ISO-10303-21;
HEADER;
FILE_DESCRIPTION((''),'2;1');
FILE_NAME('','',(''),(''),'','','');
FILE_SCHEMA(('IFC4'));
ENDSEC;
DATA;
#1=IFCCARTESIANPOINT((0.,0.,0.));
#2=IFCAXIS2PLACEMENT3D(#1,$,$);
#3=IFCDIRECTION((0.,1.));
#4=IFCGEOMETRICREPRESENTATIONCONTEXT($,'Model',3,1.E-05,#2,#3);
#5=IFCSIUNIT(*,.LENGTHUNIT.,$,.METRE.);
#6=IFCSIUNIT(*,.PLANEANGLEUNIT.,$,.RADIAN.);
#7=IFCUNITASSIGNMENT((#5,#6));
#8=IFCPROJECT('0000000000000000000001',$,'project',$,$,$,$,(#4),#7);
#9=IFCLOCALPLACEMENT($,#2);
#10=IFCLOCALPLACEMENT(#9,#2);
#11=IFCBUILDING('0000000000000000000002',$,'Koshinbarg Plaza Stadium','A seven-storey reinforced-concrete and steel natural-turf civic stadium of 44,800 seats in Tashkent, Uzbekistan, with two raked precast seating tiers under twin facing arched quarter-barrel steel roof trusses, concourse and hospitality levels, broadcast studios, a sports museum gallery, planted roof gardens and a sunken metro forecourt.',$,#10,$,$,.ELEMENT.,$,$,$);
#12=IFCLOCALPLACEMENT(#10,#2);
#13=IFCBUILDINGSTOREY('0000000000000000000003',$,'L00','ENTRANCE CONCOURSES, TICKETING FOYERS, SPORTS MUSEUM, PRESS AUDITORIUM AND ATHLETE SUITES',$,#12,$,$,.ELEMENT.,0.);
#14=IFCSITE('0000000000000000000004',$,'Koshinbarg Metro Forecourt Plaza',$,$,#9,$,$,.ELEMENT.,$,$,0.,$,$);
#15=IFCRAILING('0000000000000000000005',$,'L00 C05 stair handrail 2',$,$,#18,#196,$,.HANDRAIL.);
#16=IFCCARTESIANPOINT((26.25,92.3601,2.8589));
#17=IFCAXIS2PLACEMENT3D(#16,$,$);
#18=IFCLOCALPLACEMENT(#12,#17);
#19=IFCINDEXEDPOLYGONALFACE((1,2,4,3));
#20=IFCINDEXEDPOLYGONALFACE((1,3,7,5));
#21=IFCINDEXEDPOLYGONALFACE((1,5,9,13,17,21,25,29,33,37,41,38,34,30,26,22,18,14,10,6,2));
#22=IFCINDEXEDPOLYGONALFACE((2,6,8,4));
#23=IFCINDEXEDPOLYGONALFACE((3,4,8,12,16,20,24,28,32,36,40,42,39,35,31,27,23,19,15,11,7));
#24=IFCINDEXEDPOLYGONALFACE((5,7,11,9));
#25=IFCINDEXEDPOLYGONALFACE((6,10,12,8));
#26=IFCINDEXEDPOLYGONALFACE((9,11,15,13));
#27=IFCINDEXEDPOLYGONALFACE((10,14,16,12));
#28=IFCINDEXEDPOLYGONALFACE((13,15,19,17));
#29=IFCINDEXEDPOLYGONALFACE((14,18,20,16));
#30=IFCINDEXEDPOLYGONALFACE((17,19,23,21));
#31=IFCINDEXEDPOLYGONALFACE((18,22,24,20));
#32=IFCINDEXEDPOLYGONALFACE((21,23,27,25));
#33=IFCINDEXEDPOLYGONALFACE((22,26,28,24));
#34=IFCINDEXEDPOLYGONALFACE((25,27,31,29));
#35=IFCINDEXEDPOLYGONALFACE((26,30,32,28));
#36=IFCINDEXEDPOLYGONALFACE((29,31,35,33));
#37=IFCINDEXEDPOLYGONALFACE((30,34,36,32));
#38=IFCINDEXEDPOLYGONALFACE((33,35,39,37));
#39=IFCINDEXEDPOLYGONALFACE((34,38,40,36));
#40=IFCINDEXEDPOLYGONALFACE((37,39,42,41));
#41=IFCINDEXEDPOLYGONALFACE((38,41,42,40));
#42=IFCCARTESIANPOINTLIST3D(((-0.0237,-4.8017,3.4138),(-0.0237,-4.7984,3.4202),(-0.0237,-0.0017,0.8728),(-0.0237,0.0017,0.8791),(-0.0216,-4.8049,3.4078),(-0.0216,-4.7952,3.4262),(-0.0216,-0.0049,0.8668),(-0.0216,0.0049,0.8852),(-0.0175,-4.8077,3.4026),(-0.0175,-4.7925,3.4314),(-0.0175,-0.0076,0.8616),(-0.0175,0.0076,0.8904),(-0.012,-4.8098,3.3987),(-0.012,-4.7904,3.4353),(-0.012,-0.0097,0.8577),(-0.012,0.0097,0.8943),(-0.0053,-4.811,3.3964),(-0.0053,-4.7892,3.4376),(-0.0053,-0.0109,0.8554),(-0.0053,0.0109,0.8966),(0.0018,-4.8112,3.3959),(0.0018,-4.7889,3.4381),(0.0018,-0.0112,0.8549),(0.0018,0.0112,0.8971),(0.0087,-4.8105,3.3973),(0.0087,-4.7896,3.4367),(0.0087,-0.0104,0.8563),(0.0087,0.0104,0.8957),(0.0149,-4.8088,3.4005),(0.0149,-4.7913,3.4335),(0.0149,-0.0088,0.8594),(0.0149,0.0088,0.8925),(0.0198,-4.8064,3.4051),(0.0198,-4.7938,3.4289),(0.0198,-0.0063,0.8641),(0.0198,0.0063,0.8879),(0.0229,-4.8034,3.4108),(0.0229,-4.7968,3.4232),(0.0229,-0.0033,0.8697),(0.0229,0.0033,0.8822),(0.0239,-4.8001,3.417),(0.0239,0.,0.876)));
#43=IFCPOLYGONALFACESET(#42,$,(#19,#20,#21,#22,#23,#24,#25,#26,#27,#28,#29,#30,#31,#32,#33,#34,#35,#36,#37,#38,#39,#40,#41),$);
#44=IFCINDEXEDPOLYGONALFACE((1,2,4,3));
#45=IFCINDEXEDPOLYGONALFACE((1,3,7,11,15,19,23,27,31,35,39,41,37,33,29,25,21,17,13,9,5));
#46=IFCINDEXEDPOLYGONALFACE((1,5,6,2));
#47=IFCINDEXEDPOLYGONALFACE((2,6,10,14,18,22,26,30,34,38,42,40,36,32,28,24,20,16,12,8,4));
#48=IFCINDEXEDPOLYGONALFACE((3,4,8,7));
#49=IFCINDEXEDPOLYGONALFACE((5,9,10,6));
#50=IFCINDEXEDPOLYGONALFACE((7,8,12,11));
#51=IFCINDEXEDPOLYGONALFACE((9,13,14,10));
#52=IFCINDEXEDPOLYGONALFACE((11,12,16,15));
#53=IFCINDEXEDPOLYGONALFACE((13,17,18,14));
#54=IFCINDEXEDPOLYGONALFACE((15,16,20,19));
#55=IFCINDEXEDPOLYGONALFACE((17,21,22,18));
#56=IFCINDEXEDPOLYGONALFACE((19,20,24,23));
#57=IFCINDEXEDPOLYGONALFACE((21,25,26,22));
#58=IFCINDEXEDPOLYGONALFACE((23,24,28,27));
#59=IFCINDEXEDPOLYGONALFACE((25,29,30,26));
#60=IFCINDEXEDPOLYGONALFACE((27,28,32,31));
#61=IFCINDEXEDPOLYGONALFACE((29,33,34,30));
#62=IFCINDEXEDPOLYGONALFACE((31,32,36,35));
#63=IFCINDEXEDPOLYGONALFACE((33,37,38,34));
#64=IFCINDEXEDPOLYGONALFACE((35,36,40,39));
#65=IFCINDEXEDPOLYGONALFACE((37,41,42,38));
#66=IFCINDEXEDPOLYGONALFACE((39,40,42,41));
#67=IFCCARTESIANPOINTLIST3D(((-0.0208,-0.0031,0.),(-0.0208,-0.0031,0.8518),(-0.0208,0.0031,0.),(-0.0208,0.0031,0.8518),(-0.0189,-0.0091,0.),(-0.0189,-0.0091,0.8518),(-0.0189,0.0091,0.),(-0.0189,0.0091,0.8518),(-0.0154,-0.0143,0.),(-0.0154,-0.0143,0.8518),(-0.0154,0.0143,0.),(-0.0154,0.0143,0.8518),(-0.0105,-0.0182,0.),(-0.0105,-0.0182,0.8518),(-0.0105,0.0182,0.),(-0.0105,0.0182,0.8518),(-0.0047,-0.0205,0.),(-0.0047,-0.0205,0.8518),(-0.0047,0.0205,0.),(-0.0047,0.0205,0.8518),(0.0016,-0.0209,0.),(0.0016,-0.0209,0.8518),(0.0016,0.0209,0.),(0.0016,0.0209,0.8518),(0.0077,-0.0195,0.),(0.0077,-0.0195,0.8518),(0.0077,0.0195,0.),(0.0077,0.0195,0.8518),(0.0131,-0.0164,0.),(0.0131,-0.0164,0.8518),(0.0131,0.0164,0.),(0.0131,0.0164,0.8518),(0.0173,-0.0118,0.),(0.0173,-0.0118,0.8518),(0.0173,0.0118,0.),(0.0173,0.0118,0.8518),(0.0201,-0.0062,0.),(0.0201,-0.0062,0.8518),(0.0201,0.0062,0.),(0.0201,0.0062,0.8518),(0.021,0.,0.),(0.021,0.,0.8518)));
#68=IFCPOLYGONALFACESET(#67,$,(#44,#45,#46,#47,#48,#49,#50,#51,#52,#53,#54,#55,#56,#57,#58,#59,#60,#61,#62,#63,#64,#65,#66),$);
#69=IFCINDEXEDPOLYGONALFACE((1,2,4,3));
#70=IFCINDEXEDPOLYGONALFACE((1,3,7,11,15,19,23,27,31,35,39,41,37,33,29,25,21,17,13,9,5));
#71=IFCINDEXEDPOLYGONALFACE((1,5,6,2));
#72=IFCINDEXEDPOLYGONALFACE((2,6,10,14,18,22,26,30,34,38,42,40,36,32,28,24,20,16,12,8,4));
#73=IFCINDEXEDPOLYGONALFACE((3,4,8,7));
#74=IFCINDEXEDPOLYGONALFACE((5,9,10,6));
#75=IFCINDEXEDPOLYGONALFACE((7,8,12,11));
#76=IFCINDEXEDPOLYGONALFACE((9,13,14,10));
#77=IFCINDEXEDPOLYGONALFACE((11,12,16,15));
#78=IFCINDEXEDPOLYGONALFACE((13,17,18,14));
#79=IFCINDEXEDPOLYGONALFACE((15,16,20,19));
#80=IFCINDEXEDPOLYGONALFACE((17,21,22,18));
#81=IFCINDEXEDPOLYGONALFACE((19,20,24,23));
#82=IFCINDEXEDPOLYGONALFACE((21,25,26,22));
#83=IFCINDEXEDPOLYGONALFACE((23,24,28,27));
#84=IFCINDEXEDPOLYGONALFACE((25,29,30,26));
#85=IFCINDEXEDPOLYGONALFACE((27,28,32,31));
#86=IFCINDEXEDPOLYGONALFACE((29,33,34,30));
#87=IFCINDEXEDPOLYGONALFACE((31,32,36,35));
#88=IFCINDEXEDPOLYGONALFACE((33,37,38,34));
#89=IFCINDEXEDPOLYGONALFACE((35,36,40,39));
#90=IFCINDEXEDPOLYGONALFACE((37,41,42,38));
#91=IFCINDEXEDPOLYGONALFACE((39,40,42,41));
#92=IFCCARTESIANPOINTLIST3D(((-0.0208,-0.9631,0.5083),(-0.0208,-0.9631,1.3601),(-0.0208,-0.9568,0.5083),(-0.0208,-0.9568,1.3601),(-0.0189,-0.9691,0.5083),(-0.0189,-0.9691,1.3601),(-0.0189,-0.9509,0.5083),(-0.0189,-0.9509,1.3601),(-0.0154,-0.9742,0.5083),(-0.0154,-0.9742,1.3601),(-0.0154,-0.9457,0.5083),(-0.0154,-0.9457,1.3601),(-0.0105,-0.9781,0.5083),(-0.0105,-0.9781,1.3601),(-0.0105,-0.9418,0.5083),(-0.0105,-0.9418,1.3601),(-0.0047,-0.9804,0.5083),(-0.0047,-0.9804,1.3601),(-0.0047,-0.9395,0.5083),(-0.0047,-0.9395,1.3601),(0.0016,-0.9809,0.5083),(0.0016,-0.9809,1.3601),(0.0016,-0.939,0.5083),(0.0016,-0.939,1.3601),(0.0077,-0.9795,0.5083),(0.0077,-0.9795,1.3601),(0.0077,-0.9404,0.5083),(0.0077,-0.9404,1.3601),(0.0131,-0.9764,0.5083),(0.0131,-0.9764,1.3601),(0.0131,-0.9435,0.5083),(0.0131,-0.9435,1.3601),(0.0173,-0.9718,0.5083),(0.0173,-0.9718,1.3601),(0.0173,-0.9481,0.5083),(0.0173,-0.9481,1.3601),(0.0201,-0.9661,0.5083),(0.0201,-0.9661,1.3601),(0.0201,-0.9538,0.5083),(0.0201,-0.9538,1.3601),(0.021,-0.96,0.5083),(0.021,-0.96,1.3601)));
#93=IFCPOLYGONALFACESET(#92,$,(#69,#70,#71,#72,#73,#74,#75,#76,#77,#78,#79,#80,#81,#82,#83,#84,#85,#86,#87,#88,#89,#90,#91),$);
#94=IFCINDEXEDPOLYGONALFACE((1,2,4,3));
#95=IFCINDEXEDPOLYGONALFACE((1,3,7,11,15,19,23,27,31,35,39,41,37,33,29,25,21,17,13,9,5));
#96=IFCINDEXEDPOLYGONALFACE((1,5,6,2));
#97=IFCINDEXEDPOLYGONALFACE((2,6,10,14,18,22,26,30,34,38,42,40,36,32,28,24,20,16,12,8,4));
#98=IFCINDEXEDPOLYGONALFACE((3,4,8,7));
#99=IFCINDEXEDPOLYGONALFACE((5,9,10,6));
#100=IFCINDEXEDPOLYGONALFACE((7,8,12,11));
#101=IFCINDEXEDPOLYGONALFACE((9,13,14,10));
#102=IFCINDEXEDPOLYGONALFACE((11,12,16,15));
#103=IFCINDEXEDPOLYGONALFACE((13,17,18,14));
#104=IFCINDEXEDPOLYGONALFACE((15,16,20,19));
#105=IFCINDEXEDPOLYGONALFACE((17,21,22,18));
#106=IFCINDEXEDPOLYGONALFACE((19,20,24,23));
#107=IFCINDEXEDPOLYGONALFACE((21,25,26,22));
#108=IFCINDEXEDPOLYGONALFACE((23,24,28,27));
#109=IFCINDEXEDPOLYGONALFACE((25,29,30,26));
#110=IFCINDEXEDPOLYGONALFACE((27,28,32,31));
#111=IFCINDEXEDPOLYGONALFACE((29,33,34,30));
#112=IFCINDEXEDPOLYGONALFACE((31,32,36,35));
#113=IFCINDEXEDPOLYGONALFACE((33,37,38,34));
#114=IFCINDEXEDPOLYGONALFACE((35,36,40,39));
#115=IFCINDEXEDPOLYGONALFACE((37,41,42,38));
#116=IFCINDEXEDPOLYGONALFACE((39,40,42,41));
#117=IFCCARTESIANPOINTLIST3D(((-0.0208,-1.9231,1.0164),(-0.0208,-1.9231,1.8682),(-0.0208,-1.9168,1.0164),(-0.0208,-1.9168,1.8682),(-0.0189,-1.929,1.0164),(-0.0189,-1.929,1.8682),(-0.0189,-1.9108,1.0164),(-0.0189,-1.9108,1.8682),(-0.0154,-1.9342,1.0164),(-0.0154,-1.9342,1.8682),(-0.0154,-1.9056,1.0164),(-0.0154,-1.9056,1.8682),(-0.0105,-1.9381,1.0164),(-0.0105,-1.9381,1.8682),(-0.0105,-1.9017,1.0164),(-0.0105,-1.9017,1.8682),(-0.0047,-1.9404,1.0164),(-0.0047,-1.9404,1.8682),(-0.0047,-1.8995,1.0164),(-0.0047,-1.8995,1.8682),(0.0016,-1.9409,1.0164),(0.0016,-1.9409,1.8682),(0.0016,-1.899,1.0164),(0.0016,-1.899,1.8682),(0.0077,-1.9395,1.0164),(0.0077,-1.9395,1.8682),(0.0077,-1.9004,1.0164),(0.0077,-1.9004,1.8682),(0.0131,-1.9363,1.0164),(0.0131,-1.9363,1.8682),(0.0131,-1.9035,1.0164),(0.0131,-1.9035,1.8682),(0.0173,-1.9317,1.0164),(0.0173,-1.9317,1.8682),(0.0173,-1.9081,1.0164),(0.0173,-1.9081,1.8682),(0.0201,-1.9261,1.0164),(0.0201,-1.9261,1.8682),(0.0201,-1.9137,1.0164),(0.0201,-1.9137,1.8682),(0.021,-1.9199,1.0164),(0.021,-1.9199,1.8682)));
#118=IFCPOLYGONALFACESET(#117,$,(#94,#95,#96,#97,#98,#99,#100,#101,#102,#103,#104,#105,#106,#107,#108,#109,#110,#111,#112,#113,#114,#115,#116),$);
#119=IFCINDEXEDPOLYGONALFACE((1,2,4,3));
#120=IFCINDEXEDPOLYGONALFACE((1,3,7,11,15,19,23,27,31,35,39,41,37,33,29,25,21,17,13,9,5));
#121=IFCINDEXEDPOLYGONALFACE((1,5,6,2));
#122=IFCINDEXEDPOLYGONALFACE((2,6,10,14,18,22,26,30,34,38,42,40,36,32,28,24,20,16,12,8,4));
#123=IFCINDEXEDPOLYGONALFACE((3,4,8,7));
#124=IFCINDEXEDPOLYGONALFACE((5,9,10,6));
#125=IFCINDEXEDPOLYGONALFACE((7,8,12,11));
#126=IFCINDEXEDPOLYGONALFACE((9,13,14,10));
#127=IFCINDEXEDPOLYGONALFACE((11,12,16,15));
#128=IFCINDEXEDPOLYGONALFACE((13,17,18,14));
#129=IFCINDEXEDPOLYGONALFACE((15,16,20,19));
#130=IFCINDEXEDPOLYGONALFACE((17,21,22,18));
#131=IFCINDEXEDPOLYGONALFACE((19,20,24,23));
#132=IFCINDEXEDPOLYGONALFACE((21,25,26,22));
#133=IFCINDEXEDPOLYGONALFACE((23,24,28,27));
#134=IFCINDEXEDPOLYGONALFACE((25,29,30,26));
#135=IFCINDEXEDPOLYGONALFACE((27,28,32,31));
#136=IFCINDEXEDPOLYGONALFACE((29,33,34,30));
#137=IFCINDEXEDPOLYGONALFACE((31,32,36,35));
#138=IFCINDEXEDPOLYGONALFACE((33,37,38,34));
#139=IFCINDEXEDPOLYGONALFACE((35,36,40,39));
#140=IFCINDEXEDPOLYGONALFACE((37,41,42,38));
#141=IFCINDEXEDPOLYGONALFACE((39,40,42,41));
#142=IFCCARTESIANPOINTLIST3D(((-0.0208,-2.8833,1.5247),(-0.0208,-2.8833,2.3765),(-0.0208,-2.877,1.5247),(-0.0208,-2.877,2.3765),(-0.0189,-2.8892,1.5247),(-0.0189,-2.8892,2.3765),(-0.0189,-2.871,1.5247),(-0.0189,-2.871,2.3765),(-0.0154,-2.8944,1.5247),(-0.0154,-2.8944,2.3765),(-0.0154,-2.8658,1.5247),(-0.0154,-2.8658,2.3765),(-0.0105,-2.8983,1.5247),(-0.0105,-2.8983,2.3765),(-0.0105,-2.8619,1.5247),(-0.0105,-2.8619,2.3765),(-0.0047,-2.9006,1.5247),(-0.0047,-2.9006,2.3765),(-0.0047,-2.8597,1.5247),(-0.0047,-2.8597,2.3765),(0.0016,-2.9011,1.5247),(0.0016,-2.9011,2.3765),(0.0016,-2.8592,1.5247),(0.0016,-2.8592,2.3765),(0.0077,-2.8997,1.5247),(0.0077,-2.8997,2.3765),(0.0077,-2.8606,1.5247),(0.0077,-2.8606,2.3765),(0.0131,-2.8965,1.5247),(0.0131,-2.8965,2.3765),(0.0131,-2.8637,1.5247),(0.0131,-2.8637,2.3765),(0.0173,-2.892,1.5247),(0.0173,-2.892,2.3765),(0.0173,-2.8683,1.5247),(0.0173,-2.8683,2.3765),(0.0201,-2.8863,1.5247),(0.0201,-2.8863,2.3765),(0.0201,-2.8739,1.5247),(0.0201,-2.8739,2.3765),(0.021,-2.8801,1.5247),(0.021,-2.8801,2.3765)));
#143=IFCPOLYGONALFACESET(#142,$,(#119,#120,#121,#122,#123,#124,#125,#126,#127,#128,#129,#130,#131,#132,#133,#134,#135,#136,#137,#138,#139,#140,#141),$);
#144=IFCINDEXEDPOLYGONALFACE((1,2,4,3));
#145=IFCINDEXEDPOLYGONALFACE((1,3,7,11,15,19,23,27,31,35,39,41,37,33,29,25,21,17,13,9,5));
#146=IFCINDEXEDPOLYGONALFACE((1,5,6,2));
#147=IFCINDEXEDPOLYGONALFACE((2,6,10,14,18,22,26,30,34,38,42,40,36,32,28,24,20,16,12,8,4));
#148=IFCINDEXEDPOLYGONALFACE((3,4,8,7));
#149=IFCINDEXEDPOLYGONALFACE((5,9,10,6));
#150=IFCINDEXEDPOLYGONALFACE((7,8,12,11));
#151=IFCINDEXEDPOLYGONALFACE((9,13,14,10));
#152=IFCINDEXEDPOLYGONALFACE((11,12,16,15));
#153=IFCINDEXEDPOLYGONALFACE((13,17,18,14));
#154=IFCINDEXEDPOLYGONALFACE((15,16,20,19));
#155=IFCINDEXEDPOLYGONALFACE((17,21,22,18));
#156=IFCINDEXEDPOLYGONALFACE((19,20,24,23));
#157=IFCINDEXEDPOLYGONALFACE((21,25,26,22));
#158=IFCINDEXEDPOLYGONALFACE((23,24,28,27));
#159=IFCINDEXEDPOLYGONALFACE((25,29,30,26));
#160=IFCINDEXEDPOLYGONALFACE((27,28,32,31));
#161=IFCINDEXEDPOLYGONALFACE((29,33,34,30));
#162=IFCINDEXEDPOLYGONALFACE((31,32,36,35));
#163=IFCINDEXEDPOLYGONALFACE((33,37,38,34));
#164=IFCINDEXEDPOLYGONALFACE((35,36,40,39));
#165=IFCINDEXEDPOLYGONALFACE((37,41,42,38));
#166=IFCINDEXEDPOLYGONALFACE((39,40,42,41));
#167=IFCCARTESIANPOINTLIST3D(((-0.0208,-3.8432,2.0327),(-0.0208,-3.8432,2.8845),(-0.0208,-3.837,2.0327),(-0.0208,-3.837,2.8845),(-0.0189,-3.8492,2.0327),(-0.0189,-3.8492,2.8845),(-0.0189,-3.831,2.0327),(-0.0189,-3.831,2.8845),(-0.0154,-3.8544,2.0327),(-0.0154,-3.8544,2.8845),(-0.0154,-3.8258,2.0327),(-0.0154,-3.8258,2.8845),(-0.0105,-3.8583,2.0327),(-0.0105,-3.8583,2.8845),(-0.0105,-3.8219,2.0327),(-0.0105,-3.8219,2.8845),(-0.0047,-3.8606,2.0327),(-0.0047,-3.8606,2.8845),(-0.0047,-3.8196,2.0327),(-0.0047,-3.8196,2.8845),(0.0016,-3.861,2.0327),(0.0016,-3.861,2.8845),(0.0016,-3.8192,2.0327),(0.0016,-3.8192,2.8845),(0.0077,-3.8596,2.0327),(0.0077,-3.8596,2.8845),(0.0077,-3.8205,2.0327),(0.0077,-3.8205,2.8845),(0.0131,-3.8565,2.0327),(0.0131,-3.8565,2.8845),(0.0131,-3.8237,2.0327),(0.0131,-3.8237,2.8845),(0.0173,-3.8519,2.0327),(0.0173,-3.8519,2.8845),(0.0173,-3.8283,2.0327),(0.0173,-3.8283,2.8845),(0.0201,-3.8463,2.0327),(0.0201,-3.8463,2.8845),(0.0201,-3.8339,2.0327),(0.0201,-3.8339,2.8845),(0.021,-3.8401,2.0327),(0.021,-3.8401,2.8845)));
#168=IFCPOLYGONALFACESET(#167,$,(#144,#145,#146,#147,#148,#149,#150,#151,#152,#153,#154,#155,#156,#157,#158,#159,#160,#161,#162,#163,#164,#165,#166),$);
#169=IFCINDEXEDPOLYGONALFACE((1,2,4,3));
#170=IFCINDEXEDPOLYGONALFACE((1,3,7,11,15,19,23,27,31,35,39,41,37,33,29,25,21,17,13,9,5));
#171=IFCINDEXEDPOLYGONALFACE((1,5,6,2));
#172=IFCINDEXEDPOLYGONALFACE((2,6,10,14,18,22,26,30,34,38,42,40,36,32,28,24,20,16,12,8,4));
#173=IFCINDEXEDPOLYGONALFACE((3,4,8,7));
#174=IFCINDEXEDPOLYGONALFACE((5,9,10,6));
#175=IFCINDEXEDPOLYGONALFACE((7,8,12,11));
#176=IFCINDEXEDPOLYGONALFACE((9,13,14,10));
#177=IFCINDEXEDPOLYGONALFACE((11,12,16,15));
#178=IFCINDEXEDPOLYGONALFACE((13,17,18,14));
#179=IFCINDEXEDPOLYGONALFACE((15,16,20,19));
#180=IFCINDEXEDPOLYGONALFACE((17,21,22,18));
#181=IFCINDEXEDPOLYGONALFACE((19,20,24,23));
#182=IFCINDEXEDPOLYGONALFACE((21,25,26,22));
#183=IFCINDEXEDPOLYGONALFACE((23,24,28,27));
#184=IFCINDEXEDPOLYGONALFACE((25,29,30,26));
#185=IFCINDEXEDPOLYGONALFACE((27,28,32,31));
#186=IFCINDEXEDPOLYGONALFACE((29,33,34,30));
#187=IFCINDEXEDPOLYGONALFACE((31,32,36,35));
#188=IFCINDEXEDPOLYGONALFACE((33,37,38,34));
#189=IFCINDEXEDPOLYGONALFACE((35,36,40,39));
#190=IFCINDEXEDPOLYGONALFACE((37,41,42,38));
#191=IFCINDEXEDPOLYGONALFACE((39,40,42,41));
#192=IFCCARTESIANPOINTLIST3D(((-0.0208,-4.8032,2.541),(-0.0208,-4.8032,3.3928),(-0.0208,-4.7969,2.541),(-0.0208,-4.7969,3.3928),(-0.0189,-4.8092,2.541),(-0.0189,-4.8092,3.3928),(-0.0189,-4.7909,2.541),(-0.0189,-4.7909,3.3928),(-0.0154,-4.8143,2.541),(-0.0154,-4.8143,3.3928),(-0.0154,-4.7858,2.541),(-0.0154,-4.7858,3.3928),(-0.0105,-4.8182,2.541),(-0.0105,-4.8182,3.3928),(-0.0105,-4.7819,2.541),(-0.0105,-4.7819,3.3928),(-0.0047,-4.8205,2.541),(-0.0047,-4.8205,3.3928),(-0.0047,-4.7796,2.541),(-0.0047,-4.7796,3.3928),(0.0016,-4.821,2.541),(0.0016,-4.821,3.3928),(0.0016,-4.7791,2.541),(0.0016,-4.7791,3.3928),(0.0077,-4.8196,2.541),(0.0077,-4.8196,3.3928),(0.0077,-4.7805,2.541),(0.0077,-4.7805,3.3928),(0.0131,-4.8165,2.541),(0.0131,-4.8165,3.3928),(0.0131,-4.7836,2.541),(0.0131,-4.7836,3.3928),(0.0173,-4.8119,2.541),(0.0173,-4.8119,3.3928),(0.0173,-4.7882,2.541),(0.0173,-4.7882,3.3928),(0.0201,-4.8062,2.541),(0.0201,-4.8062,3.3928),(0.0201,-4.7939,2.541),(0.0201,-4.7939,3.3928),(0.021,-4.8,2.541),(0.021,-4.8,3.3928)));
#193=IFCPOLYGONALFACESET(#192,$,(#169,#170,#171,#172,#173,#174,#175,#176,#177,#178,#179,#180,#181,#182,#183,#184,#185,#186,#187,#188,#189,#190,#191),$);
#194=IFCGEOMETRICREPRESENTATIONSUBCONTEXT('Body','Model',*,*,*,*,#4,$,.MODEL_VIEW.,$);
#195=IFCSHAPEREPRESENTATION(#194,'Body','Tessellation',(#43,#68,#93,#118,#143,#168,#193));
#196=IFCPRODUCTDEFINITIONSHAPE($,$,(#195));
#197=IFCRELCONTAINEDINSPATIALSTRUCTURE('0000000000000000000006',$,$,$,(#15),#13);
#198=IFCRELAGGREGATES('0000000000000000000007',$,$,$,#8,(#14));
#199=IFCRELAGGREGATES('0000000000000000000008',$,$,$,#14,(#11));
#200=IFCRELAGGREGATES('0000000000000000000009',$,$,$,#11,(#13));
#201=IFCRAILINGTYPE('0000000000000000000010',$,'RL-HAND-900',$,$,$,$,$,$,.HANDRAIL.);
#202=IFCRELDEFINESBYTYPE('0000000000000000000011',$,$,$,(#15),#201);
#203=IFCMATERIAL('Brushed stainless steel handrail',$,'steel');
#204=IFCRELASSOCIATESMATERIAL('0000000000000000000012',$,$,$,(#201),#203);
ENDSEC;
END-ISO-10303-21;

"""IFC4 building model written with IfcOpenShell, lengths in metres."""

from ifc_helpers import new_model, si_unit, direction, frame, origin, origin_2d, place, context, subcontext, project, spatial, circle, extrude, material, type_object, element, save


model = new_model("IFC4")

# Units and contexts
model_context = context("Model", 3, precision=1e-05, world=origin(), true_north=direction((0.0, 1.0)))
body_context = subcontext(model_context, "Body", "Model", "MODEL_VIEW")
ifc_project = project(units=[si_unit("LENGTHUNIT", "METRE"), si_unit("PLANEANGLEUNIT", "RADIAN")], contexts=[model_context])

# Site, building, storey
site_placement = place(None, origin())
site = spatial("IfcSite", under=ifc_project, at=site_placement, Name="Koshinbarg Metro Forecourt Plaza", CompositionType="ELEMENT", RefElevation=0.0)
building_placement = place(site_placement, origin())
building = spatial("IfcBuilding", under=site, at=building_placement, Name="Koshinbarg Plaza Stadium", Description="A seven-storey reinforced-concrete and steel natural-turf civic stadium of 44,800 seats in Tashkent, Uzbekistan, with two raked precast seating tiers under twin facing arched quarter-barrel steel roof trusses, concourse and hospitality levels, broadcast studios, a sports museum gallery, planted roof gardens and a sunken metro forecourt.", CompositionType="ELEMENT")
storey_placement = place(building_placement, origin())
storey = spatial("IfcBuildingStorey", under=building, at=storey_placement, Name="L00", Description="ENTRANCE CONCOURSES, TICKETING FOYERS, SPORTS MUSEUM, PRESS AUDITORIUM AND ATHLETE SUITES", CompositionType="ELEMENT", Elevation=0.0)

# Railing
ifc_material_1 = material(Name="Brushed stainless steel handrail", Category="steel")
railing_type_1 = type_object("IfcRailingType", Name="RL-HAND-900", PredefinedType="HANDRAIL", material=ifc_material_1)
railing_1_placement = place(storey_placement, frame((26.25, 92.3601, 2.8589)))
element("IfcRailing", 1, at=railing_1_placement, inside=storey, type_object=railing_type_1, Name="L00 C05 stair handrail 2", PredefinedType="HANDRAIL", context=body_context, shape_type="SweptSolid", body=[
    extrude(circle(Radius=0.0239, at=origin_2d()), frame((0.0, 0.0, 0.876), z_axis=(0.0, -0.883802, 0.467861), x_axis=(1.0, 0.0, 0.0)), (0.0, 0.0, 1.0), 5.4312),
    extrude(circle(Radius=0.021, at=origin_2d()), origin(), (0.0, 0.0, 1.0), 0.8518),
    extrude(circle(Radius=0.021, at=origin_2d()), frame((0.0, -0.96, 0.5083)), (0.0, 0.0, 1.0), 0.8518),
    extrude(circle(Radius=0.021, at=origin_2d()), frame((0.0, -1.9199, 1.0164)), (0.0, 0.0, 1.0), 0.8518),
    extrude(circle(Radius=0.021, at=origin_2d()), frame((0.0, -2.8801, 1.5247)), (0.0, 0.0, 1.0), 0.8518),
    extrude(circle(Radius=0.021, at=origin_2d()), frame((0.0, -3.8401, 2.0327)), (0.0, 0.0, 1.0), 0.8518),
    extrude(circle(Radius=0.021, at=origin_2d()), frame((0.0, -4.8, 2.541)), (0.0, 0.0, 1.0), 0.8518),
])

save(model, "model.ifc")
